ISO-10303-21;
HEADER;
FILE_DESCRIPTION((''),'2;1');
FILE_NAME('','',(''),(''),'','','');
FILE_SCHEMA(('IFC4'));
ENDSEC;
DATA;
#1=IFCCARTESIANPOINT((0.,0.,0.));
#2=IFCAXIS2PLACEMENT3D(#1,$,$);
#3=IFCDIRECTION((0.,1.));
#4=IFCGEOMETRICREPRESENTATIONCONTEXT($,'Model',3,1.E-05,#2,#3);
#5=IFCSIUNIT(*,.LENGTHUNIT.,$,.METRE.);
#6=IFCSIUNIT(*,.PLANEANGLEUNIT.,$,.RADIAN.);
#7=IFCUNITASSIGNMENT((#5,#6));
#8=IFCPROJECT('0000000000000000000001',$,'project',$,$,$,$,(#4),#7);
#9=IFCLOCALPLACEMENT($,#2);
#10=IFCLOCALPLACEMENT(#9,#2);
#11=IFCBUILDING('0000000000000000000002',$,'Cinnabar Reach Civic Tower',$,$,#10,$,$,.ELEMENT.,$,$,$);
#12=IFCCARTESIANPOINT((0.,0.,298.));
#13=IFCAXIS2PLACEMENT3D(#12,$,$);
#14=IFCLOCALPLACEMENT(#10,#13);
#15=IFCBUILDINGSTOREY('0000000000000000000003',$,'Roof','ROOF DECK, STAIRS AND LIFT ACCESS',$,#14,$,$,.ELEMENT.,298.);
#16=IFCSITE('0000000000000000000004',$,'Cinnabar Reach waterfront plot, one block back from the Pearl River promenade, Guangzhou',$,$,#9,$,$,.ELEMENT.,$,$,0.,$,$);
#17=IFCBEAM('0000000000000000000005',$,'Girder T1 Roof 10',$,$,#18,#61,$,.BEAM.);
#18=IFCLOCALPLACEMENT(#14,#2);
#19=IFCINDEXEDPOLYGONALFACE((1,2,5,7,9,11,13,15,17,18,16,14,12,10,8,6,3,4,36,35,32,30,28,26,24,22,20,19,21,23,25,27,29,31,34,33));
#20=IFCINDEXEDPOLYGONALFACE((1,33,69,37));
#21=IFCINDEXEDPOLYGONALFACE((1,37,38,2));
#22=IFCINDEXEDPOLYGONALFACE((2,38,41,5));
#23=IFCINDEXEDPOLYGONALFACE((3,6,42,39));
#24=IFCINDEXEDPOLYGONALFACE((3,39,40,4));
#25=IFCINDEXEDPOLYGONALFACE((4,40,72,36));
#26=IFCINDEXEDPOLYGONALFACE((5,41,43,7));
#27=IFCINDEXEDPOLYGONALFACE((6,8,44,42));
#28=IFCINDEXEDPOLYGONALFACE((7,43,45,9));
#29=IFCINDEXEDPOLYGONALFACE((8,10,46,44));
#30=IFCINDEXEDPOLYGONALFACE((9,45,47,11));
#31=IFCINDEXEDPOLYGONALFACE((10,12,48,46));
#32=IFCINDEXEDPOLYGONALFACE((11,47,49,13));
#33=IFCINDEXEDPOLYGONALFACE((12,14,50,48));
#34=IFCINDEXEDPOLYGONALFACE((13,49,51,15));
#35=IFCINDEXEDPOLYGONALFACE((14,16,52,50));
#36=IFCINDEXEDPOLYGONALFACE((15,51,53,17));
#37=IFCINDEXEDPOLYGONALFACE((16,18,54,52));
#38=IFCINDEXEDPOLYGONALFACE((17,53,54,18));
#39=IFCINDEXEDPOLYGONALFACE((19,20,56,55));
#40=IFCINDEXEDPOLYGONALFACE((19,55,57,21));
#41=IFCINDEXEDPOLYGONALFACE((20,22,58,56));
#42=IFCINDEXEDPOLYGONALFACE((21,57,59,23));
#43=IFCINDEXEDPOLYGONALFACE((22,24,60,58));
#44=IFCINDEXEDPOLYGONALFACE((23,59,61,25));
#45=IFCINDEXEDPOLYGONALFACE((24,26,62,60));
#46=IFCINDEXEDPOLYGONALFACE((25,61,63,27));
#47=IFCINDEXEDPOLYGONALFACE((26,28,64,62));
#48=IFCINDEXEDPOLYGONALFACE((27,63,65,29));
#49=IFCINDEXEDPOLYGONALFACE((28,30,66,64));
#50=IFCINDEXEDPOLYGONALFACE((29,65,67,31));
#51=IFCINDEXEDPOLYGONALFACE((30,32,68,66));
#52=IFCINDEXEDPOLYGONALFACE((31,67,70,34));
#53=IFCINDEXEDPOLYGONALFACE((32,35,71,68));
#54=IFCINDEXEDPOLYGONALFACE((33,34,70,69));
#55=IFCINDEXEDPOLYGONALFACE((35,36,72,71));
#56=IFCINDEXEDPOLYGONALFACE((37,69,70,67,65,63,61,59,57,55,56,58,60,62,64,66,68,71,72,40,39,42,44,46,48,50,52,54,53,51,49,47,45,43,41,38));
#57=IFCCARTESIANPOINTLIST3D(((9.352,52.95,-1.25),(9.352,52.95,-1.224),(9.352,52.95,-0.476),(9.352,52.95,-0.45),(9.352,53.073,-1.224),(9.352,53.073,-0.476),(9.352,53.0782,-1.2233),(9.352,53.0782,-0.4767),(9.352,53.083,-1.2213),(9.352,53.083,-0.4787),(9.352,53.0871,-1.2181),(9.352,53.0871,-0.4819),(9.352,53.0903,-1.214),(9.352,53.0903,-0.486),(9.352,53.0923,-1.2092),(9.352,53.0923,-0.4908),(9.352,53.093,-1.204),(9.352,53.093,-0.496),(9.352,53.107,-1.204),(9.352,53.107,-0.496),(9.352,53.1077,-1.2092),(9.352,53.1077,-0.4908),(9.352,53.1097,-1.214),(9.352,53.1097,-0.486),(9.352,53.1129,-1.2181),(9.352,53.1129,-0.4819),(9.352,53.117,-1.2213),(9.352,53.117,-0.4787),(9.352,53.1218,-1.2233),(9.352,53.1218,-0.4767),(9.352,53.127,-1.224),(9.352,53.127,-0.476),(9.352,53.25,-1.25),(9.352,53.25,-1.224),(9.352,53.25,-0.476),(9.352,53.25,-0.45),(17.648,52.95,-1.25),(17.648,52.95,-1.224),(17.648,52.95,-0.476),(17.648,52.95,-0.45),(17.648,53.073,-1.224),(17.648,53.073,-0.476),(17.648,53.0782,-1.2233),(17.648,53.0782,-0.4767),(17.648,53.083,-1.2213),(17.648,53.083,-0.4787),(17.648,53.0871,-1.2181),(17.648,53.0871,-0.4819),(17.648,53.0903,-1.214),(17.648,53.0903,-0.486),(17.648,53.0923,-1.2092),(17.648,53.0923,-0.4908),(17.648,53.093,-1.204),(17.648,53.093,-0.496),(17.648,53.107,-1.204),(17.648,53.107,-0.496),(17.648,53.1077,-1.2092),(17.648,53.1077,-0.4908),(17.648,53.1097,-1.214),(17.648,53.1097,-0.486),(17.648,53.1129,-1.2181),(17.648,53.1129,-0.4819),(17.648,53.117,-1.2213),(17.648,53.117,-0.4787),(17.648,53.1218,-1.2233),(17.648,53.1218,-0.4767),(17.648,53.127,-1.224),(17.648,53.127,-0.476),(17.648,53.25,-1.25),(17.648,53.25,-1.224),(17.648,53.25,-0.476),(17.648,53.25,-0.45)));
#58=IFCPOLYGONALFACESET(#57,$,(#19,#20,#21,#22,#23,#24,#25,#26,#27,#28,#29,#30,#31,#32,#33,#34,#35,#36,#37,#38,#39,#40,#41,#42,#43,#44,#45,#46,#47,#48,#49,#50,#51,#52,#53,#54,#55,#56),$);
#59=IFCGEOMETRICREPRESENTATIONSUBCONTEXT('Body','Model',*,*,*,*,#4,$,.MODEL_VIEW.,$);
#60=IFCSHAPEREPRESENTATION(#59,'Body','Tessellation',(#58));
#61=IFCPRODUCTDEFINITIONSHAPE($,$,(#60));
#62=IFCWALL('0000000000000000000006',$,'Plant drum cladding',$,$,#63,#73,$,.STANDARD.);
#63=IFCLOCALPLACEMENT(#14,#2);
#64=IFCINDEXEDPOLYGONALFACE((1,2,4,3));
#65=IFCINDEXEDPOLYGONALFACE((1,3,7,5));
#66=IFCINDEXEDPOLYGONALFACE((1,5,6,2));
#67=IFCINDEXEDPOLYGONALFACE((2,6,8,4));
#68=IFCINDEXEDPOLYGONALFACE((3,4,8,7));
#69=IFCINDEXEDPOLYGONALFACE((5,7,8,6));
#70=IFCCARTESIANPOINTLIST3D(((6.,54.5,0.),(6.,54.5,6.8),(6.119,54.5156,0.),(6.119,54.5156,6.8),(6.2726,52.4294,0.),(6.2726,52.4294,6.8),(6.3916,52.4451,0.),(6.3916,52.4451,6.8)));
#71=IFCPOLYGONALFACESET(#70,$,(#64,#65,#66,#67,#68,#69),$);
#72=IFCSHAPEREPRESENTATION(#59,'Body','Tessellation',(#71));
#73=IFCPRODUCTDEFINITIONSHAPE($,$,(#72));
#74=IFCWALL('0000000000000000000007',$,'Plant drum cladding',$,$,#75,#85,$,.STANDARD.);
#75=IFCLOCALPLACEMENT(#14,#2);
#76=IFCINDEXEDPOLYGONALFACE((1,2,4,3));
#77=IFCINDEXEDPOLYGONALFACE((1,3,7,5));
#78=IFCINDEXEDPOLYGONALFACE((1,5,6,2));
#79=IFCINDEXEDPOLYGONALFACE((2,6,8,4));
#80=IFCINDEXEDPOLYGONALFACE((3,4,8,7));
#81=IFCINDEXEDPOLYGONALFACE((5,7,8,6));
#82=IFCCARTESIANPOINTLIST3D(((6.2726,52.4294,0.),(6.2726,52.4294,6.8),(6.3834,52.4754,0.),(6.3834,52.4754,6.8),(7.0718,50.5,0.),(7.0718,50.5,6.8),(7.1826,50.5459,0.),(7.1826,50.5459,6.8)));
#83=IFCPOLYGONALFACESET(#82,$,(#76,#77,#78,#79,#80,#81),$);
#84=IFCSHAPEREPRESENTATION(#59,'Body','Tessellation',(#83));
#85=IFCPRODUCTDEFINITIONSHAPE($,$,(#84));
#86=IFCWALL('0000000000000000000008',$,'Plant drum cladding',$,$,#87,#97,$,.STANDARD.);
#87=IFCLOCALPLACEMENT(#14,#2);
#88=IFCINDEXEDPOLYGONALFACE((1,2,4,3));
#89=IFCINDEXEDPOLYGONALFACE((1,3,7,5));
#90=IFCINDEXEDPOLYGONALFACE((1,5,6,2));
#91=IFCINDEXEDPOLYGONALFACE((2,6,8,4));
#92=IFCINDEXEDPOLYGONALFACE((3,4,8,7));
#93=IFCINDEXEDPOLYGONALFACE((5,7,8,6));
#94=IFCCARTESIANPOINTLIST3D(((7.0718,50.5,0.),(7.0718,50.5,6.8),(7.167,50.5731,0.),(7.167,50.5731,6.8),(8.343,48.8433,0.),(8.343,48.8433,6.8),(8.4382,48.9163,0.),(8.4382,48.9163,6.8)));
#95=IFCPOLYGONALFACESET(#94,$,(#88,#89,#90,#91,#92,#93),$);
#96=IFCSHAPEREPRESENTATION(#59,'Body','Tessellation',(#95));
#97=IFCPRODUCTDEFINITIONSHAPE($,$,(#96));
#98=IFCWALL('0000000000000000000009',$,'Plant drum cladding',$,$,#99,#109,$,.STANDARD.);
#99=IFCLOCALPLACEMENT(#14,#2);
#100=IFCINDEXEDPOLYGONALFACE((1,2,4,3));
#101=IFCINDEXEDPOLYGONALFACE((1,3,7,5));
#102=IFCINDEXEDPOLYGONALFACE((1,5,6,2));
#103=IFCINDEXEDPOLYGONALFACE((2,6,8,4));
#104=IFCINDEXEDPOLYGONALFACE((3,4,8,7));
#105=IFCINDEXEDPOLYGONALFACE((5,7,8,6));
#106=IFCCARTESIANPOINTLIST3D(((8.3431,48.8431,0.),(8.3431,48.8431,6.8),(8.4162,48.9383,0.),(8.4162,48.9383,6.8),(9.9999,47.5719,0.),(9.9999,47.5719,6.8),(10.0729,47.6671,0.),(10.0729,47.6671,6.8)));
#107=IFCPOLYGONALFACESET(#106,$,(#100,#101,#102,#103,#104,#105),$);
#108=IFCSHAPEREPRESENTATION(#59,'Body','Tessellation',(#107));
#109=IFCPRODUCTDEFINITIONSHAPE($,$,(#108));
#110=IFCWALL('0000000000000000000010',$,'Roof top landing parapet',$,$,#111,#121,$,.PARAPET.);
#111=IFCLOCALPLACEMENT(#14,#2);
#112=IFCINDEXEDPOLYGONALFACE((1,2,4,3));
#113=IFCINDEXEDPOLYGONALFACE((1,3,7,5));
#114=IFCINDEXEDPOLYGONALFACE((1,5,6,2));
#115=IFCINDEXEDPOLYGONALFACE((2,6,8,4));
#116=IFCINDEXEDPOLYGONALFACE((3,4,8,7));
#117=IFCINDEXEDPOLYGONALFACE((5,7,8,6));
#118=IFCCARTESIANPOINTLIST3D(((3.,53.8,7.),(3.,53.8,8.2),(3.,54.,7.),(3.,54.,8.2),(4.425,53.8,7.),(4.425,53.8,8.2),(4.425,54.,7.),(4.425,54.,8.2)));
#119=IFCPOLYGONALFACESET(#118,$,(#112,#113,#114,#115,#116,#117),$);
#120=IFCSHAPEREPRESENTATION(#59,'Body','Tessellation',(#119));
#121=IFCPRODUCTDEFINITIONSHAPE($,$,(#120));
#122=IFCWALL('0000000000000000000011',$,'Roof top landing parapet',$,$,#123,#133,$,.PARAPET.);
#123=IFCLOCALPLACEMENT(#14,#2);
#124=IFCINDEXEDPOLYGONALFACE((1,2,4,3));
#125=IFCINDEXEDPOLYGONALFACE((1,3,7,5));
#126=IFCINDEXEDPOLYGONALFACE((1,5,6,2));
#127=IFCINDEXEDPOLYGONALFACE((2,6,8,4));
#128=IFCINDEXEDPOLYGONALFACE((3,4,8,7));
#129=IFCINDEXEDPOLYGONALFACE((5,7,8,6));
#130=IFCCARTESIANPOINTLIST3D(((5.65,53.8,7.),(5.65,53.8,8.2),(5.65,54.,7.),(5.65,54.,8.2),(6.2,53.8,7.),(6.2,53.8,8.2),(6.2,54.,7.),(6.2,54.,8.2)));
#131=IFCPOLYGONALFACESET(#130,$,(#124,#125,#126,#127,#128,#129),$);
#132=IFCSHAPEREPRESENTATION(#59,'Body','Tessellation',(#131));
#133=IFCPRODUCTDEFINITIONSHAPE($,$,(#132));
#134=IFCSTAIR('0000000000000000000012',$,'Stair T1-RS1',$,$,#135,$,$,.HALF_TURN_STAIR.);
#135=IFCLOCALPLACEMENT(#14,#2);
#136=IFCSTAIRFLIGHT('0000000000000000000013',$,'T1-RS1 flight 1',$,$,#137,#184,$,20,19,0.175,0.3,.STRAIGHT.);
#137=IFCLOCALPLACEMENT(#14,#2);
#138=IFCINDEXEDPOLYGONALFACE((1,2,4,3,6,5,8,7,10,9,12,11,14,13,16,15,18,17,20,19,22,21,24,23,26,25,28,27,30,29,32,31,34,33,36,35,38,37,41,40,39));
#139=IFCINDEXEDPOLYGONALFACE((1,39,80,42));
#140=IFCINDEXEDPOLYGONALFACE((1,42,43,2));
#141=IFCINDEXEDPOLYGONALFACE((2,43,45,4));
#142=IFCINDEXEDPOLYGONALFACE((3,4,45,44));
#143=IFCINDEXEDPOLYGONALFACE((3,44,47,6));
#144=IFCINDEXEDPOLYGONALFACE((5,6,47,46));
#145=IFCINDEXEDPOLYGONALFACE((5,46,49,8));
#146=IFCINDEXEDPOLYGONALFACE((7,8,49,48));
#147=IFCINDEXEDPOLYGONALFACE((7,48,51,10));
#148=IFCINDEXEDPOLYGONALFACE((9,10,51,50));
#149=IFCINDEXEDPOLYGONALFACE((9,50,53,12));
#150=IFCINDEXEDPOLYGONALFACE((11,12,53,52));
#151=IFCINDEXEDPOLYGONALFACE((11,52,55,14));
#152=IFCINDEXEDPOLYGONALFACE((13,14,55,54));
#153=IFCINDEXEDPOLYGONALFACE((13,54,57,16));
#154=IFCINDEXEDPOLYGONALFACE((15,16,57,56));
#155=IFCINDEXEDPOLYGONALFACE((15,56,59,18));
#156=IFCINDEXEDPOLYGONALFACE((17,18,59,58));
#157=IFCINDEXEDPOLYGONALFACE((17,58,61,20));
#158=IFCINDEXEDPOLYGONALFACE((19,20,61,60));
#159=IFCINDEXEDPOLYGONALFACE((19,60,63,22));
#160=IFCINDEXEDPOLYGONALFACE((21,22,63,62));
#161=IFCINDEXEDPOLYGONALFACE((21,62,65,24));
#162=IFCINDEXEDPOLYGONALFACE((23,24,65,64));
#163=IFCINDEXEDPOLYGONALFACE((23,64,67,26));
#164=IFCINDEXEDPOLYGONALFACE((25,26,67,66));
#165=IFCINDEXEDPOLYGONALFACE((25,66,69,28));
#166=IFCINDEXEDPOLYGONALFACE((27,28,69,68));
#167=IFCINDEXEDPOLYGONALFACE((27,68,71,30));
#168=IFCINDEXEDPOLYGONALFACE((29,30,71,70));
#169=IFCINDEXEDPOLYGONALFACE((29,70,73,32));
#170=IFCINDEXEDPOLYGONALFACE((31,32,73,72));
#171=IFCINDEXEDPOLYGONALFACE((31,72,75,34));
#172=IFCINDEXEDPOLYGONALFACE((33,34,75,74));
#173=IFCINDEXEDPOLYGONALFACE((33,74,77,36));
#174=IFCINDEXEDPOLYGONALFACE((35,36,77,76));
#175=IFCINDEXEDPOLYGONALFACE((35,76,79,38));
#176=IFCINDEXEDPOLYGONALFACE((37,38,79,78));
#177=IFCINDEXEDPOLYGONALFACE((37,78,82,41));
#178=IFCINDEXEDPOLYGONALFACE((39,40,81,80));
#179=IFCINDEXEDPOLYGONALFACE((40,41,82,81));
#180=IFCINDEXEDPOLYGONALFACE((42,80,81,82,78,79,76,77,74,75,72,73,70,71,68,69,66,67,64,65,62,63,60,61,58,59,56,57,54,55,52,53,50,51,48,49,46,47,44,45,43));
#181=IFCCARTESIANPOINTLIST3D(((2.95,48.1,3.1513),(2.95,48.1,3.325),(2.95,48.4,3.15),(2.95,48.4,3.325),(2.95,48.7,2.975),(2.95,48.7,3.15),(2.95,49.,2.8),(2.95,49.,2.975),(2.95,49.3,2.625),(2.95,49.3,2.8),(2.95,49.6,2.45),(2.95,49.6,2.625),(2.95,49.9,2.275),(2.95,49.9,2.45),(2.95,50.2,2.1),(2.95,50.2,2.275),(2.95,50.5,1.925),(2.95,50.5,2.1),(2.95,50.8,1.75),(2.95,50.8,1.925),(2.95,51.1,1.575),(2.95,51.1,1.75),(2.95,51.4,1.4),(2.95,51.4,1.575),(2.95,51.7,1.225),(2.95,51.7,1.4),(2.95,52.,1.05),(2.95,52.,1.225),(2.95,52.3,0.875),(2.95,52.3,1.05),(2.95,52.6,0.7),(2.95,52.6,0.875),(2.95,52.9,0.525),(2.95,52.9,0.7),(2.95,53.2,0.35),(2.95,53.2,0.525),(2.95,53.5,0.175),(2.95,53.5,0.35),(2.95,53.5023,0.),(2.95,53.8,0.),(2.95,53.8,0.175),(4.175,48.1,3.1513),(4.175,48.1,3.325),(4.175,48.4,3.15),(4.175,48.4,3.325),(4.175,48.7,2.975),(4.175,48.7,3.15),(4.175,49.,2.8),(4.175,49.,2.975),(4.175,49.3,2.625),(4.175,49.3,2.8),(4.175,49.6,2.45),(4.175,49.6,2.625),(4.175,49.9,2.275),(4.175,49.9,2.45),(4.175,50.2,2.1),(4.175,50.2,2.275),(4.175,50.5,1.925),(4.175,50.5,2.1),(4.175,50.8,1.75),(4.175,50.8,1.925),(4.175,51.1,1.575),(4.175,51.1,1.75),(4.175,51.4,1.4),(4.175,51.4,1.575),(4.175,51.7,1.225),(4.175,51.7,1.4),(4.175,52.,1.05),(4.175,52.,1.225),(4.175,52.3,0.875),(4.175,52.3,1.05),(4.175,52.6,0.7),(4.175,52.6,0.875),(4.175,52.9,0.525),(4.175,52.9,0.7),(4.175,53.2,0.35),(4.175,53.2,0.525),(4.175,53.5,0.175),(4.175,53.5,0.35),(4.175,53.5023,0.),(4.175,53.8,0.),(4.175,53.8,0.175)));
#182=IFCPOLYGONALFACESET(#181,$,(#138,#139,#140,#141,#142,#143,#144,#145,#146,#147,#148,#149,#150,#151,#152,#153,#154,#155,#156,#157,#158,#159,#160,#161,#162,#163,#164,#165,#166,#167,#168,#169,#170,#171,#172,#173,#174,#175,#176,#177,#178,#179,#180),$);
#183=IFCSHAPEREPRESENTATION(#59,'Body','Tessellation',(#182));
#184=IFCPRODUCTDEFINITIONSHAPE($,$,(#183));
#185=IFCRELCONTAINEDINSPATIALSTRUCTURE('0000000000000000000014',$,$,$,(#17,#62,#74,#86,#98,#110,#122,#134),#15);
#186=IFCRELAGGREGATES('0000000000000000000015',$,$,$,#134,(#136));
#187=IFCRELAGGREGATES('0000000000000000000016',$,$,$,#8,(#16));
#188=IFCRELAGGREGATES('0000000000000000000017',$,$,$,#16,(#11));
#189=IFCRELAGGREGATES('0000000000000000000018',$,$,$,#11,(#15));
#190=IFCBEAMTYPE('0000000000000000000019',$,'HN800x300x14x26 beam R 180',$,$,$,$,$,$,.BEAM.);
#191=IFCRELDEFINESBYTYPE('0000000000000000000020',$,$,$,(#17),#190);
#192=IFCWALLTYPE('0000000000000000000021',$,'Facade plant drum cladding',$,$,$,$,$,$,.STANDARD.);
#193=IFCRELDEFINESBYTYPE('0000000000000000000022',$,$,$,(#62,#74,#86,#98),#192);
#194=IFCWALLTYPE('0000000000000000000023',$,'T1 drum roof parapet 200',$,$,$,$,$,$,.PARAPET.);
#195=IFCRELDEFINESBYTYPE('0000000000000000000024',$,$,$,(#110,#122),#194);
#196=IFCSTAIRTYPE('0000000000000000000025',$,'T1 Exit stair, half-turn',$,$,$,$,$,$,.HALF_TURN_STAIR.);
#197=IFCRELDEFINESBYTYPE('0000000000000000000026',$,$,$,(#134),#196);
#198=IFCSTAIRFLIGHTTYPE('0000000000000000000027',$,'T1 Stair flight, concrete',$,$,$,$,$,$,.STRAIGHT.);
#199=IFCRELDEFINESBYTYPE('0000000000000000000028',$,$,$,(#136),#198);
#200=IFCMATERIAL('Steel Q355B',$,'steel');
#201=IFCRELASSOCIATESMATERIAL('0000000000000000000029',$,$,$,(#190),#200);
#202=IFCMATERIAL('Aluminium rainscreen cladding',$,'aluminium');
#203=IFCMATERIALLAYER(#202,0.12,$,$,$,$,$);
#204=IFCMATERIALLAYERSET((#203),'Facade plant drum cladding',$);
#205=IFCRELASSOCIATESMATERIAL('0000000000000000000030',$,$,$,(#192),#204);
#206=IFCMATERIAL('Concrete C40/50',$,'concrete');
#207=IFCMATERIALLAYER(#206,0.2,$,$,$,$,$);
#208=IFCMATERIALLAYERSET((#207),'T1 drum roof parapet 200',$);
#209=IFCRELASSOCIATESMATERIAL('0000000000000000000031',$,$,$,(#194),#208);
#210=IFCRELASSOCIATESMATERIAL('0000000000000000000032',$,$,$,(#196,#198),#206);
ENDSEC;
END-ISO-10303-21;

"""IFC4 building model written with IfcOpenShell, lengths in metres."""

from ifc_helpers import new_model, si_unit, direction, frame, frame_2d, origin, origin_2d, place, context, subcontext, project, spatial, polyline, rectangle, i_section, outline, extrude, material, layer, layer_set, material_profile, profile_set, type_object, element, aggregate, save


model = new_model("IFC4")

# Units and contexts
model_context = context("Model", 3, precision=1e-05, world=origin(), true_north=direction((0.0, 1.0)))
body_context = subcontext(model_context, "Body", "Model", "MODEL_VIEW")
ifc_project = project(units=[si_unit("LENGTHUNIT", "METRE"), si_unit("PLANEANGLEUNIT", "RADIAN")], contexts=[model_context])

# Site, building, storey
site_placement = place(None, origin())
site = spatial("IfcSite", under=ifc_project, at=site_placement, Name="Cinnabar Reach waterfront plot, one block back from the Pearl River promenade, Guangzhou", CompositionType="ELEMENT", RefElevation=0.0)
building_placement = place(site_placement, origin())
building = spatial("IfcBuilding", under=site, at=building_placement, Name="Cinnabar Reach Civic Tower", CompositionType="ELEMENT")
storey_placement = place(building_placement, frame((0.0, 0.0, 298.0)))
storey = spatial("IfcBuildingStorey", under=building, at=storey_placement, Name="Roof", Description="ROOF DECK, STAIRS AND LIFT ACCESS", CompositionType="ELEMENT", Elevation=298.0)

# Shared definitions
ifc_material_1 = material(Name="Steel Q355B", Category="steel")

# Beam
ifc_material_profile_1 = material_profile(ifc_material_1, i_section(OverallWidth=0.3, OverallDepth=0.8, WebThickness=0.014, FlangeThickness=0.026, FilletRadius=0.02, at=origin_2d()), Name="HN800x300x14x26")
ifc_profile_set_1 = profile_set([ifc_material_profile_1], Name="Steel Q355B")
beam_type_1 = type_object("IfcBeamType", Name="HN800x300x14x26 beam R 180", PredefinedType="BEAM", material=ifc_profile_set_1)
beam_1_placement = place(storey_placement, frame((9.352, 53.1, -0.85), z_axis=(1.0, 0.0, 0.0), x_axis=(0.0, 1.0, 0.0)))
element("IfcBeam", 1, at=beam_1_placement, inside=storey, type_object=beam_type_1, Name="Girder T1 Roof 10", PredefinedType="BEAM", context=body_context, shape_type="SweptSolid", body=[
    extrude(i_section(OverallWidth=0.3, OverallDepth=0.8, WebThickness=0.014, FlangeThickness=0.026, FilletRadius=0.02, at=origin_2d()), origin(), (0.0, 0.0, 1.0), 8.296),
])

# Walls
ifc_material_2 = material(Name="Aluminium rainscreen cladding", Category="aluminium")
ifc_layer_1 = layer(ifc_material_2, 0.12)
ifc_layer_set_1 = layer_set([ifc_layer_1], Name="Facade plant drum cladding")
wall_type_1 = type_object("IfcWallType", Name="Facade plant drum cladding", PredefinedType="STANDARD", material=ifc_layer_set_1)
for number, where, z_axis, x_axis, name in (
    (2, (6.0595, 54.5078, 0.0), (0.0, 0.0, 1.0), (0.130533, -0.991444, 0.0), "Plant drum cladding"),
    (3, (6.328, 52.4524, 0.0), (0.0, 0.0, 1.0), (0.38269, -0.923877, 0.0), "Plant drum cladding"),
):
    element("IfcWall", number, at=place(storey_placement, frame(where, z_axis=z_axis, x_axis=x_axis)), inside=storey, type_object=wall_type_1, Name=name, PredefinedType="STANDARD", context=body_context, shape_type="SweptSolid", body=[
        extrude(rectangle(XDim=2.0884, YDim=0.12, at=frame_2d((1.0442, 0.0))), origin(), (0.0, 0.0, 1.0), 6.8),
    ])
for number, where, z_axis, x_axis, name in (
    (4, (7.1194, 50.5365, 0.0), (0.0, 0.0, 1.0), (0.608759, -0.793355, 0.0), "Plant drum cladding"),
    (5, (8.3797, 48.8907, 0.0), (0.0, 0.0, 1.0), (0.793355, -0.608759, 0.0), "Plant drum cladding"),
):
    element("IfcWall", number, at=place(storey_placement, frame(where, z_axis=z_axis, x_axis=x_axis)), inside=storey, type_object=wall_type_1, Name=name, PredefinedType="STANDARD", context=body_context, shape_type="SweptSolid", body=[
        extrude(rectangle(XDim=2.0883, YDim=0.12, at=frame_2d((1.0441, 0.0))), origin(), (0.0, 0.0, 1.0), 6.8),
    ])
ifc_material_3 = material(Name="Concrete C40/50", Category="concrete")
ifc_layer_2 = layer(ifc_material_3, 0.2)
ifc_layer_set_2 = layer_set([ifc_layer_2], Name="T1 drum roof parapet 200")
wall_type_2 = type_object("IfcWallType", Name="T1 drum roof parapet 200", PredefinedType="PARAPET", material=ifc_layer_set_2)
wall_1_placement = place(storey_placement, frame((3.0, 53.9, 7.0), z_axis=(0.0, 0.0, 1.0), x_axis=(1.0, 0.0, 0.0)))
element("IfcWall", 6, at=wall_1_placement, inside=storey, type_object=wall_type_2, Name="Roof top landing parapet", PredefinedType="PARAPET", context=body_context, shape_type="SweptSolid", body=[
    extrude(rectangle(XDim=1.425, YDim=0.2, at=frame_2d((0.7125, 0.0))), origin(), (0.0, 0.0, 1.0), 1.2),
])
wall_2_placement = place(storey_placement, frame((5.65, 53.9, 7.0), z_axis=(0.0, 0.0, 1.0), x_axis=(1.0, 0.0, 0.0)))
element("IfcWall", 7, at=wall_2_placement, inside=storey, type_object=wall_type_2, Name="Roof top landing parapet", PredefinedType="PARAPET", context=body_context, shape_type="SweptSolid", body=[
    extrude(rectangle(XDim=0.55, YDim=0.2, at=frame_2d((0.275, 0.0))), origin(), (0.0, 0.0, 1.0), 1.2),
])

# Stair, stair flight
stair_type = type_object("IfcStairType", Name="T1 Exit stair, half-turn", PredefinedType="HALF_TURN_STAIR", material=ifc_material_3)
stair_placement = place(storey_placement, origin())
stair = element("IfcStair", 8, at=stair_placement, inside=storey, type_object=stair_type, Name="Stair T1-RS1", PredefinedType="HALF_TURN_STAIR")
stair_flight_type = type_object("IfcStairFlightType", Name="T1 Stair flight, concrete", PredefinedType="STRAIGHT", material=ifc_material_3)
stair_flight_placement = place(storey_placement, frame((3.5625, 53.8, 0.0), z_axis=(0.0, 0.0, 1.0), x_axis=(0.0, -1.0, 0.0)))
stair_flight = element("IfcStairFlight", 9, at=stair_flight_placement, type_object=stair_flight_type, Name="T1-RS1 flight 1", NumberOfRisers=20, NumberOfTreads=19, PredefinedType="STRAIGHT", RiserHeight=0.175, TreadLength=0.3, context=body_context, shape_type="SweptSolid", body=[
    extrude(outline(polyline([(0.0, 0.0), (0.0, 0.175), (0.3, 0.175), (0.3, 0.35), (0.6, 0.35), (0.6, 0.525), (0.9, 0.525), (0.9, 0.7), (1.2, 0.7), (1.2, 0.875), (1.5, 0.875), (1.5, 1.05), (1.8, 1.05), (1.8, 1.225), (2.1, 1.225), (2.1, 1.4), (2.4, 1.4), (2.4, 1.575), (2.7, 1.575), (2.7, 1.75), (3.0, 1.75), (3.0, 1.925), (3.3, 1.925), (3.3, 2.1), (3.6, 2.1), (3.6, 2.275), (3.9, 2.275), (3.9, 2.45), (4.2, 2.45), (4.2, 2.625), (4.5, 2.625), (4.5, 2.8), (4.8, 2.8), (4.8, 2.975), (5.1, 2.975), (5.1, 3.15), (5.4, 3.15), (5.4, 3.325), (5.7, 3.325), (5.7, 3.5), (5.7, 3.1513), (0.2977, 0.0), (0.0, 0.0)])), frame((0.0, 0.6125, 0.0), z_axis=(0.0, -1.0, 0.0), x_axis=(1.0, 0.0, 0.0)), (0.0, 0.0, 1.0), 1.225),
])

aggregate(stair, [stair_flight])

save(model, "model.ifc")
